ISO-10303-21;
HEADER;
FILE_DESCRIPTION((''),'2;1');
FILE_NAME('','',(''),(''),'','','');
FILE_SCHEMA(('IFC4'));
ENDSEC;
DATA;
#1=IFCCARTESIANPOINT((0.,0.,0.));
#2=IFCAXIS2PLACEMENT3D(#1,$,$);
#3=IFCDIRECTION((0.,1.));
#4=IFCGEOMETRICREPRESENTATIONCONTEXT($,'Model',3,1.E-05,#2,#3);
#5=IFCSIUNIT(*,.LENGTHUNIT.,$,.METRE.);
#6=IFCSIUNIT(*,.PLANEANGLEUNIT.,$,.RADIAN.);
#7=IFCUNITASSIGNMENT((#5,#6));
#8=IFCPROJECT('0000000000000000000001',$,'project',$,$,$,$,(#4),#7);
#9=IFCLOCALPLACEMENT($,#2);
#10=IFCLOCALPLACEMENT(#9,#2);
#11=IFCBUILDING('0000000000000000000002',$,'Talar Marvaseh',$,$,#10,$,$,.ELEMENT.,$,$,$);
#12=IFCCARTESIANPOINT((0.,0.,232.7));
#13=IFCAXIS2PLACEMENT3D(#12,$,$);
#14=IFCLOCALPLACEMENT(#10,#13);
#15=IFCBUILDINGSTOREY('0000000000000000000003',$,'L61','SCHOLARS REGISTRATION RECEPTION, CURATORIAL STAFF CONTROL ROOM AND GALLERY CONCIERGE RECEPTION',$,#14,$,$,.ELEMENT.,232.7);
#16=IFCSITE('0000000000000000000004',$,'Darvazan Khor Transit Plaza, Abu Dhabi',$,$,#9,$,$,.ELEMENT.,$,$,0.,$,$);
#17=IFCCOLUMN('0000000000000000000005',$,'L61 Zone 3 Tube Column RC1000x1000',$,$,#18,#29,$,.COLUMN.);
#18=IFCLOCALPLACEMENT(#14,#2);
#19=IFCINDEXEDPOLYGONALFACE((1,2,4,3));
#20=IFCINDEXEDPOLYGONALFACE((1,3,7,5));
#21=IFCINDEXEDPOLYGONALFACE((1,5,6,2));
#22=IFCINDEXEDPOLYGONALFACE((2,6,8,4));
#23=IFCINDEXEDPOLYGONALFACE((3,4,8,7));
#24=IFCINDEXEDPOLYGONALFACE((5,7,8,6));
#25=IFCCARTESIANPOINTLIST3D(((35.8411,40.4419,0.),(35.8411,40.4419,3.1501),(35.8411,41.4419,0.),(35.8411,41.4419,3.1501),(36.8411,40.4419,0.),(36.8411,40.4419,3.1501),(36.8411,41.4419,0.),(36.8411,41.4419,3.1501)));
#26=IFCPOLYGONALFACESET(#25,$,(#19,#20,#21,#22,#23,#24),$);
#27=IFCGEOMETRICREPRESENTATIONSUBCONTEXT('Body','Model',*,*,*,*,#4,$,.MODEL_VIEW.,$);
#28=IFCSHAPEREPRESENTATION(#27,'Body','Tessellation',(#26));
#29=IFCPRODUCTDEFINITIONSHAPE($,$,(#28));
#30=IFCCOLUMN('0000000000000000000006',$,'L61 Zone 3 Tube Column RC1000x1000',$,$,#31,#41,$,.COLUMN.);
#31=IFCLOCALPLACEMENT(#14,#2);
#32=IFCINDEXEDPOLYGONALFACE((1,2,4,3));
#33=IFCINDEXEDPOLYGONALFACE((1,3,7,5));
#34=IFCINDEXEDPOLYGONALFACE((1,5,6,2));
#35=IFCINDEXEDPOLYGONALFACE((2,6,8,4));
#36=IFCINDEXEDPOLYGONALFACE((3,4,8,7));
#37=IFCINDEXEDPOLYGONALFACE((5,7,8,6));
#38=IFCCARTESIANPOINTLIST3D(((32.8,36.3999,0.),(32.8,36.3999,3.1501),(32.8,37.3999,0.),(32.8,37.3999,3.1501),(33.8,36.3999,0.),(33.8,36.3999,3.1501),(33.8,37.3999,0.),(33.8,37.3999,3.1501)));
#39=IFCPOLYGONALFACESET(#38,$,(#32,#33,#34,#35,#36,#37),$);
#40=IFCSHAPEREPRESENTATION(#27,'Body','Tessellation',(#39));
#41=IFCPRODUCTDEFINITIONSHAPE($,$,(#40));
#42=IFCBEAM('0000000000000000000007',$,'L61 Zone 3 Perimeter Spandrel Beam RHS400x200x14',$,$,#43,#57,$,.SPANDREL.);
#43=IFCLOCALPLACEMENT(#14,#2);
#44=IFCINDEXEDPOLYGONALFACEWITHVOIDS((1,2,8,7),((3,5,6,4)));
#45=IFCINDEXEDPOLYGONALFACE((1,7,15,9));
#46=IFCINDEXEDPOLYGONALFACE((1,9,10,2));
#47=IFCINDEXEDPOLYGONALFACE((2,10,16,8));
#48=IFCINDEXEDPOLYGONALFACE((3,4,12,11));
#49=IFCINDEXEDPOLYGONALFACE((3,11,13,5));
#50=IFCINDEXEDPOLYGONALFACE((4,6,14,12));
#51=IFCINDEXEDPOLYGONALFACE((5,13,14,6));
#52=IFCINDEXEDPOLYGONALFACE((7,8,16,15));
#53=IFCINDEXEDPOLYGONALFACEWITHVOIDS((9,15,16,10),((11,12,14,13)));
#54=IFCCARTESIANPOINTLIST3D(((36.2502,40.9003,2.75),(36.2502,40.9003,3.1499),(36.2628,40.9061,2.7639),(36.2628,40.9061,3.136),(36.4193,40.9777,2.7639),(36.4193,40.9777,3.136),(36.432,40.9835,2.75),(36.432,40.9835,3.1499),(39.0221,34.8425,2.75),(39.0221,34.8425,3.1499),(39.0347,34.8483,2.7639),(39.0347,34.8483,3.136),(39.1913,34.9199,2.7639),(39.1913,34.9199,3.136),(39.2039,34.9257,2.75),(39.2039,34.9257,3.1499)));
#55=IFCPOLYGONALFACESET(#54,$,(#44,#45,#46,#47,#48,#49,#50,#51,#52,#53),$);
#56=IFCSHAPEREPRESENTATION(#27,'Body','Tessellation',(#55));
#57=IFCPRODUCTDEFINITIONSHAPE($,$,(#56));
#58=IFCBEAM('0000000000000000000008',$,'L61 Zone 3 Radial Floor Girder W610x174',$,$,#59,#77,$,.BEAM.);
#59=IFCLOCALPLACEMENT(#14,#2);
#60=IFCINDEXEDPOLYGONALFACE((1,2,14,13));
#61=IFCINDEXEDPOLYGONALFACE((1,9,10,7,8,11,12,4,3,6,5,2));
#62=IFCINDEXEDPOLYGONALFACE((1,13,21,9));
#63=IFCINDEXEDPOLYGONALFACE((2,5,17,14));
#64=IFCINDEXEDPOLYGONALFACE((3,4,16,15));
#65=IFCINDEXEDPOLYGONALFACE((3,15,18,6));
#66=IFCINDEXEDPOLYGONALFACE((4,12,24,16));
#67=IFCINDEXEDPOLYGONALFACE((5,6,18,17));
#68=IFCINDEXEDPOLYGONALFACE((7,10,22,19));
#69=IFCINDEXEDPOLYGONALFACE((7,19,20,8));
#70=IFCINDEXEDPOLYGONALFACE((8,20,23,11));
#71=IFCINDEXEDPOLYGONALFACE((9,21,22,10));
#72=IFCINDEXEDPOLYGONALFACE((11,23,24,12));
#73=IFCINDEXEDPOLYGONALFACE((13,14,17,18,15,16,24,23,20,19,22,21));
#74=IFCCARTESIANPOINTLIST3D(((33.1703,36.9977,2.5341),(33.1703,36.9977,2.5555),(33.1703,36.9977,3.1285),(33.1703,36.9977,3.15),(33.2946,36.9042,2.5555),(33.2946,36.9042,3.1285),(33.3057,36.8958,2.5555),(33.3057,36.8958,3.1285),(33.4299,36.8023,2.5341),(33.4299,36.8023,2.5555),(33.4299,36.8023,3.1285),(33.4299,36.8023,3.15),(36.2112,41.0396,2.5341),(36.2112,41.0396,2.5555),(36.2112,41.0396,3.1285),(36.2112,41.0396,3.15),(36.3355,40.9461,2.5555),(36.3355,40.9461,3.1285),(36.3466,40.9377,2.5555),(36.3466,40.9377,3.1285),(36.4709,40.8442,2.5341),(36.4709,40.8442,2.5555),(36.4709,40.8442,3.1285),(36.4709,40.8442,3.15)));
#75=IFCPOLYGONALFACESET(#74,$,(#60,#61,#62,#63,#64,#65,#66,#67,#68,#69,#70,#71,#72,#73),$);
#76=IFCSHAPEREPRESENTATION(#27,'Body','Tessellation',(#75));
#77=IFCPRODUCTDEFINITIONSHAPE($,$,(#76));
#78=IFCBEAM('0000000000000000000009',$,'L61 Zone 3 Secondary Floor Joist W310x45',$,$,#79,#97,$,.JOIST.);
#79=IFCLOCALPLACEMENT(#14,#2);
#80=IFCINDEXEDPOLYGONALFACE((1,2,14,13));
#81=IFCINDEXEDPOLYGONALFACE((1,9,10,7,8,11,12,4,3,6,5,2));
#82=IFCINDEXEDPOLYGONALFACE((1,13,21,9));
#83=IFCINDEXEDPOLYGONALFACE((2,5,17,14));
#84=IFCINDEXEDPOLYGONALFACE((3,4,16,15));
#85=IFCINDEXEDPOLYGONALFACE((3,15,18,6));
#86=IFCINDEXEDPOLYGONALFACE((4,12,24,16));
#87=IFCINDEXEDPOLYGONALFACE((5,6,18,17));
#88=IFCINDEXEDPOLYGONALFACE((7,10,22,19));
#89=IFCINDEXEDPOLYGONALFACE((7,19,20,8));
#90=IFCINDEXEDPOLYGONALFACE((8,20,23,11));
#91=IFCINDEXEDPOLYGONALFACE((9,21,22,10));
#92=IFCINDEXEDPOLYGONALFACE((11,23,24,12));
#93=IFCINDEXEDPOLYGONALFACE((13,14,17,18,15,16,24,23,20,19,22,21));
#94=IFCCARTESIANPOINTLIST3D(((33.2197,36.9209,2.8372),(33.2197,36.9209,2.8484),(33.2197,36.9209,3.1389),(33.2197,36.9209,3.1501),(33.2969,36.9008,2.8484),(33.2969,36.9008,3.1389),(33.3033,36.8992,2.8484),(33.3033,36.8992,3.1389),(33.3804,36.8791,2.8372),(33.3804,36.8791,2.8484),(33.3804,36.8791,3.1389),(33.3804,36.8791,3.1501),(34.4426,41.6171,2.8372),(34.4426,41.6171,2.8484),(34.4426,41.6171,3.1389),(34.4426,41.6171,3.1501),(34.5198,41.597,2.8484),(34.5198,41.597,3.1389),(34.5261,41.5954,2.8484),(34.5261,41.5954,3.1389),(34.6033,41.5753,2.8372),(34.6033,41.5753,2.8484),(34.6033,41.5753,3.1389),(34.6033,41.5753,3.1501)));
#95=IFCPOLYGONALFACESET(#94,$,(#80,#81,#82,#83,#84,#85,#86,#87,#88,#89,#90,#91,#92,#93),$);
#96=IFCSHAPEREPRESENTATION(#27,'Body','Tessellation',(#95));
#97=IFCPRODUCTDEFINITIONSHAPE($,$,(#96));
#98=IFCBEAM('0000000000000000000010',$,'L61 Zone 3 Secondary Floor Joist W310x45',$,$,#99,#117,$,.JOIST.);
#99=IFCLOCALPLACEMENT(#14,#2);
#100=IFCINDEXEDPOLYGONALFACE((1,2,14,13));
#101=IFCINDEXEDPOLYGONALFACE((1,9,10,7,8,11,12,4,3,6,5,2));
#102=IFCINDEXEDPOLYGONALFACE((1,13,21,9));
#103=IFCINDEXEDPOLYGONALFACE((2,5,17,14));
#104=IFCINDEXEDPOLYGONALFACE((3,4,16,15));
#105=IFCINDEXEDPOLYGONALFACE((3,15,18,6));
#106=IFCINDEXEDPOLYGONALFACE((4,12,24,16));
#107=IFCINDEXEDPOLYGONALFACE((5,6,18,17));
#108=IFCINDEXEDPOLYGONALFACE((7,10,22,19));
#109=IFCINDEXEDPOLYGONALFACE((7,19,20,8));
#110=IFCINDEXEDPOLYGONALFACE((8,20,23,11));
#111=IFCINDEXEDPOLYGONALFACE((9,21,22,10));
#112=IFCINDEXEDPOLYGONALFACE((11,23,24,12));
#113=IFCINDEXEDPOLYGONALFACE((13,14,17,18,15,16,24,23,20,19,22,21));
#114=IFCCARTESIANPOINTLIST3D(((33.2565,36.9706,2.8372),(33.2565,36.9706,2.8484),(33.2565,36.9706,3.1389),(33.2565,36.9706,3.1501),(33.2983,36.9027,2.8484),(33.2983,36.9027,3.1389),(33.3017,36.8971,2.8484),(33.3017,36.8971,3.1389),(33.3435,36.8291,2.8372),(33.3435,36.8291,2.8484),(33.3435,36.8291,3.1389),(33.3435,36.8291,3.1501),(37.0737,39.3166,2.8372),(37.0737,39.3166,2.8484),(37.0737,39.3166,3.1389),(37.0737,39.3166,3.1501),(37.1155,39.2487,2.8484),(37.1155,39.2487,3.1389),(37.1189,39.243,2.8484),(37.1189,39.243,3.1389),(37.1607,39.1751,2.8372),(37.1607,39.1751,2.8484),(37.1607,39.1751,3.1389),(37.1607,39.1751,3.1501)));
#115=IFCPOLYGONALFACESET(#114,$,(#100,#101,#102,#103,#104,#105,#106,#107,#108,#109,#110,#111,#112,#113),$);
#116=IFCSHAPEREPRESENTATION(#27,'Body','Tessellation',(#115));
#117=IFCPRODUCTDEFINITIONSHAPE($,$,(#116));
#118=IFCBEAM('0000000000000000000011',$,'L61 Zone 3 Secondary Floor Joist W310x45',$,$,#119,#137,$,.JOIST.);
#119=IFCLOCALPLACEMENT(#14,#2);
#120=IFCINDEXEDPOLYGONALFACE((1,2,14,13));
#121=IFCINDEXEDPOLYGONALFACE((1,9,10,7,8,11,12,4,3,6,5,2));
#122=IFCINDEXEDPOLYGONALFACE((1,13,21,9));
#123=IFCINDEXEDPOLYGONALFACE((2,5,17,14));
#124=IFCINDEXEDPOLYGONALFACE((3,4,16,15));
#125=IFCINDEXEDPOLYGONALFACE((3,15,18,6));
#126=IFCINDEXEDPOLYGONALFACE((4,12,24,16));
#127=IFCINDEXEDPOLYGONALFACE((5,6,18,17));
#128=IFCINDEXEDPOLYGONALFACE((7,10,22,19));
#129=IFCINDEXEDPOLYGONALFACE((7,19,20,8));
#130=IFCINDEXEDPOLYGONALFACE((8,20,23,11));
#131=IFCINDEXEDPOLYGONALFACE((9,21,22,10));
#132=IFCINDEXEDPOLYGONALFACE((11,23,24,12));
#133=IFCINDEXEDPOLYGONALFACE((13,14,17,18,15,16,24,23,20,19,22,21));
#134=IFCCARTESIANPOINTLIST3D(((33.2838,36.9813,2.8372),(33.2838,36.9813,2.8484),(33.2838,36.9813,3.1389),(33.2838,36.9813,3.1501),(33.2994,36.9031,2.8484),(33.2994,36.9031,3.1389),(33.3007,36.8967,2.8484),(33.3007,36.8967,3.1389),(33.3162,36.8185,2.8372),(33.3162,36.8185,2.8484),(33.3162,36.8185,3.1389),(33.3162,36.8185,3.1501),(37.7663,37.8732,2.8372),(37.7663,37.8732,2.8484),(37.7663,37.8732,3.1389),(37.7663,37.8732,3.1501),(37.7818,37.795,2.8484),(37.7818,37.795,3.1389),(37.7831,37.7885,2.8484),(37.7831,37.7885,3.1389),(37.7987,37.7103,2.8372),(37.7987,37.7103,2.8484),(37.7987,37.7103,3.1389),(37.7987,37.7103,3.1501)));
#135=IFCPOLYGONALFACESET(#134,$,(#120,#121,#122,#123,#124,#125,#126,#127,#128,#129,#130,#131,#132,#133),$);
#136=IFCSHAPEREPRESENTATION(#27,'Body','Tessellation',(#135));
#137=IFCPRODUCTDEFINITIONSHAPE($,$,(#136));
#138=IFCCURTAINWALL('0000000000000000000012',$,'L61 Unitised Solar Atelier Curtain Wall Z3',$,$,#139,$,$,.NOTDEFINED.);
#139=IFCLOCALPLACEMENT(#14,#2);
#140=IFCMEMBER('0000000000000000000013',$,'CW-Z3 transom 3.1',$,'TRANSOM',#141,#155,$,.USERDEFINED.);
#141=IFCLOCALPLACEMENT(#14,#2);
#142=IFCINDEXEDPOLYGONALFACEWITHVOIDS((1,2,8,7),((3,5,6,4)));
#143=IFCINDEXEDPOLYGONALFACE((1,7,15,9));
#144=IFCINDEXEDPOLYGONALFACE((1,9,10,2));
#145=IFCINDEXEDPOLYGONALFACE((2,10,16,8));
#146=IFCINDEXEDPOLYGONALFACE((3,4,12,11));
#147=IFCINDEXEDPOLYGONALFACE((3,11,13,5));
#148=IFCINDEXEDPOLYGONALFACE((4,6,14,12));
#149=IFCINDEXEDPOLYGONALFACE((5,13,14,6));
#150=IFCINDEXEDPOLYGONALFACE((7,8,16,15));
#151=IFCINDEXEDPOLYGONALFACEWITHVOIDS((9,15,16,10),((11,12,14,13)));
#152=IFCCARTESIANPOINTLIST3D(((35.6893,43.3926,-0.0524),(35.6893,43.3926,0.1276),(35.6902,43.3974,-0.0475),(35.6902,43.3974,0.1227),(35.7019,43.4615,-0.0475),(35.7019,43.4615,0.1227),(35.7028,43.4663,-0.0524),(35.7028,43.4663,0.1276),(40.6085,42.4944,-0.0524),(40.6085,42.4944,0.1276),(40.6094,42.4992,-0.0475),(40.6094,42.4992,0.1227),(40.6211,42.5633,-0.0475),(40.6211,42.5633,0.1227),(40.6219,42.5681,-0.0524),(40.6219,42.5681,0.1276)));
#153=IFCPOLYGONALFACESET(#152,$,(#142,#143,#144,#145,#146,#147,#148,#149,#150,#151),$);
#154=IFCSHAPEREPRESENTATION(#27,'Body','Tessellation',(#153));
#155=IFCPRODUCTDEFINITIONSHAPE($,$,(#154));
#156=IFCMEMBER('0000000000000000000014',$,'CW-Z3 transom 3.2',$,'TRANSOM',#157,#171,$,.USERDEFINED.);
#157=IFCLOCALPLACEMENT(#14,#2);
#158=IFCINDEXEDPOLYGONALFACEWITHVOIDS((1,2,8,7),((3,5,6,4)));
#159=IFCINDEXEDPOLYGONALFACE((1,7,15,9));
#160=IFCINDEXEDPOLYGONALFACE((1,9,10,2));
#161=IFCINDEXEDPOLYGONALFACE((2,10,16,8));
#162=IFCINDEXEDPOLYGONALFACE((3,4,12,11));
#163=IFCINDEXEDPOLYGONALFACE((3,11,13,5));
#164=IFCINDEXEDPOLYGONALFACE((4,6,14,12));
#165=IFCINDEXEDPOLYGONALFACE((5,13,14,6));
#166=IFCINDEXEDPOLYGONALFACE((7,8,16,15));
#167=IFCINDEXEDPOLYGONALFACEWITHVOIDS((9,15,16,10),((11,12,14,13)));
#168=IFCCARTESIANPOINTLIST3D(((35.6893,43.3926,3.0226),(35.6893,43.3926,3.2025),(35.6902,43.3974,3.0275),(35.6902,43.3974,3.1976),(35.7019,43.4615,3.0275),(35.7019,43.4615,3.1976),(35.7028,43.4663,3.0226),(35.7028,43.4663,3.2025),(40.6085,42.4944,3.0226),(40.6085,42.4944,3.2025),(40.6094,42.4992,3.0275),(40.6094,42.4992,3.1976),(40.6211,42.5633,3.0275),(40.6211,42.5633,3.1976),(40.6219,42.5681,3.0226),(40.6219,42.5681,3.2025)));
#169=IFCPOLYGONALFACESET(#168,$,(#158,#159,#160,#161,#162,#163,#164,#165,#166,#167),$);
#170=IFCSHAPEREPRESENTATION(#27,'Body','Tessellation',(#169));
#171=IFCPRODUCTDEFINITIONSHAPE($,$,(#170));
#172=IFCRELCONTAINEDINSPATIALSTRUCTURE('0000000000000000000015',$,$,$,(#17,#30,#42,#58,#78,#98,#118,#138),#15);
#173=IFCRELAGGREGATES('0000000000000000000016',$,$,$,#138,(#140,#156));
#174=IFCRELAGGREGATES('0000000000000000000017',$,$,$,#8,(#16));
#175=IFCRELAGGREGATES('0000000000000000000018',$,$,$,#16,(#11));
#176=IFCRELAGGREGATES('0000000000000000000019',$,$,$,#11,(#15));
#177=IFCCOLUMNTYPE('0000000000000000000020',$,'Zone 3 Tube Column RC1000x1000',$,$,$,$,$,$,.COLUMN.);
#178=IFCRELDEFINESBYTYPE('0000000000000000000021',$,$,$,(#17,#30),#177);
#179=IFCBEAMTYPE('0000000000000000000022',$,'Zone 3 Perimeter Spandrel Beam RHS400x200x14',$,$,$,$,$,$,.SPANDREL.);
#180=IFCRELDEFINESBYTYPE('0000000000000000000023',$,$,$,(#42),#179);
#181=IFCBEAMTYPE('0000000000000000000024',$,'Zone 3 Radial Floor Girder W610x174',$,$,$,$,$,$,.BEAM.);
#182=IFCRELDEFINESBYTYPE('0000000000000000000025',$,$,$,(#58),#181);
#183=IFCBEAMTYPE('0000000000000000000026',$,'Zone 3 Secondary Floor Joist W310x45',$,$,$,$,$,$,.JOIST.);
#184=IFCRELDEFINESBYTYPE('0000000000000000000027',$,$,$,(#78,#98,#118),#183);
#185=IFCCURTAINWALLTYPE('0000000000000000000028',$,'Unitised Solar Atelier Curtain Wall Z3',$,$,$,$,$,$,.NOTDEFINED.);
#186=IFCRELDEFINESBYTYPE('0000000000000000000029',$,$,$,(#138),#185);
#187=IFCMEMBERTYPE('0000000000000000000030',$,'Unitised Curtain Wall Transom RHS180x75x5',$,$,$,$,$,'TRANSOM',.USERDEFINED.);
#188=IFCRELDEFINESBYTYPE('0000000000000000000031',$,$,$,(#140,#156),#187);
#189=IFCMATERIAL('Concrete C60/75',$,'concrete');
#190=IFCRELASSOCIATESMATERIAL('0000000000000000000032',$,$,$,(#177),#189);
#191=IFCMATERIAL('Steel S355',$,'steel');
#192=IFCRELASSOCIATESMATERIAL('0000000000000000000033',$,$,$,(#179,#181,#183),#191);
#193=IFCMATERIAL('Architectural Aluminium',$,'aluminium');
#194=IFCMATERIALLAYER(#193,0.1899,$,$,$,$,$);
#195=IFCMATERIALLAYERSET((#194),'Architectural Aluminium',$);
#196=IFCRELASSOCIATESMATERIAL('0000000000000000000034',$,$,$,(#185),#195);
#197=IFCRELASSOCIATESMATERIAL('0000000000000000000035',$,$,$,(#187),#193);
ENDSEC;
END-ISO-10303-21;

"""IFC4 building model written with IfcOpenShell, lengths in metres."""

from ifc_helpers import new_model, si_unit, direction, frame, origin, origin_2d, place, context, subcontext, project, spatial, rectangle, hollow_rectangle, i_section, extrude, source, transform, mapped, material, layer, layer_set, material_profile, profile_set, type_object, element, aggregate, save


model = new_model("IFC4")

# Units and contexts
model_context = context("Model", 3, precision=1e-05, world=origin(), true_north=direction((0.0, 1.0)))
body_context = subcontext(model_context, "Body", "Model", "MODEL_VIEW")
ifc_project = project(units=[si_unit("LENGTHUNIT", "METRE"), si_unit("PLANEANGLEUNIT", "RADIAN")], contexts=[model_context])

# Site, building, storey
site_placement = place(None, origin())
site = spatial("IfcSite", under=ifc_project, at=site_placement, Name="Darvazan Khor Transit Plaza, Abu Dhabi", CompositionType="ELEMENT", RefElevation=0.0)
building_placement = place(site_placement, origin())
building = spatial("IfcBuilding", under=site, at=building_placement, Name="Talar Marvaseh", CompositionType="ELEMENT")
storey_placement = place(building_placement, frame((0.0, 0.0, 232.7)))
storey = spatial("IfcBuildingStorey", under=building, at=storey_placement, Name="L61", Description="SCHOLARS REGISTRATION RECEPTION, CURATORIAL STAFF CONTROL ROOM AND GALLERY CONCIERGE RECEPTION", CompositionType="ELEMENT", Elevation=232.7)

# Columns
ifc_material_1 = material(Name="Concrete C60/75", Category="concrete")
ifc_material_profile_1 = material_profile(ifc_material_1, rectangle(XDim=1.0, YDim=1.0, at=origin_2d()), Name="RC1000x1000")
ifc_profile_set_1 = profile_set([ifc_material_profile_1], Name="Concrete C60/75")
column_type = type_object("IfcColumnType", Name="Zone 3 Tube Column RC1000x1000", PredefinedType="COLUMN", material=ifc_profile_set_1)
for number, where, z_axis, x_axis, name in (
    (1, (36.3411, 40.9419, 0.0), (0.0, 0.0, 1.0), (1.0, 0.0, 0.0), "L61 Zone 3 Tube Column RC1000x1000"),
    (2, (33.3, 36.8999, 0.0), (0.0, 0.0, 1.0), (1.0, 0.0, 0.0), "L61 Zone 3 Tube Column RC1000x1000"),
):
    element("IfcColumn", number, at=place(storey_placement, frame(where, z_axis=z_axis, x_axis=x_axis)), inside=storey, type_object=column_type, Name=name, PredefinedType="COLUMN", context=body_context, shape_type="SweptSolid", body=[
        extrude(rectangle(XDim=1.0, YDim=1.0, at=origin_2d()), origin(), (0.0, 0.0, 1.0), 3.1501),
    ])

# Beams
ifc_material_2 = material(Name="Steel S355", Category="steel")
ifc_material_profile_2 = material_profile(ifc_material_2, hollow_rectangle(XDim=0.2, YDim=0.3999, WallThickness=0.0139, at=origin_2d()), Name="RHS400x200x14")
ifc_profile_set_2 = profile_set([ifc_material_profile_2], Name="Steel S355")
beam_type_1 = type_object("IfcBeamType", Name="Zone 3 Perimeter Spandrel Beam RHS400x200x14", PredefinedType="SPANDREL", material=ifc_profile_set_2)
beam_1_placement = place(storey_placement, frame((36.3411, 40.9419, 2.95), z_axis=(0.416091, -0.909323, 0.0), x_axis=(0.909323, 0.416091, 0.0)))
element("IfcBeam", 3, at=beam_1_placement, inside=storey, type_object=beam_type_1, Name="L61 Zone 3 Perimeter Spandrel Beam RHS400x200x14", PredefinedType="SPANDREL", context=body_context, shape_type="SweptSolid", body=[
    extrude(hollow_rectangle(XDim=0.2, YDim=0.3999, WallThickness=0.0139, at=origin_2d()), origin(), (0.0, 0.0, 1.0), 6.6619),
])
ifc_material_profile_3 = material_profile(ifc_material_2, i_section(OverallWidth=0.325, OverallDepth=0.616, WebThickness=0.0139, FlangeThickness=0.0215, at=origin_2d()), Name="W610x174")
ifc_profile_set_3 = profile_set([ifc_material_profile_3], Name="Steel S355")
beam_type_2 = type_object("IfcBeamType", Name="Zone 3 Radial Floor Girder W610x174", PredefinedType="BEAM", material=ifc_profile_set_3)
beam_2_placement = place(storey_placement, frame((36.3411, 40.9419, 2.842), z_axis=(-0.601204, -0.799096, 0.0), x_axis=(0.799096, -0.601204, 0.0)))
element("IfcBeam", 4, at=beam_2_placement, inside=storey, type_object=beam_type_2, Name="L61 Zone 3 Radial Floor Girder W610x174", PredefinedType="BEAM", context=body_context, shape_type="SweptSolid", body=[
    extrude(i_section(OverallWidth=0.325, OverallDepth=0.616, WebThickness=0.0139, FlangeThickness=0.0215, at=origin_2d()), origin(), (0.0, 0.0, 1.0), 5.0581),
])
ifc_material_profile_4 = material_profile(ifc_material_2, i_section(OverallWidth=0.166, OverallDepth=0.313, WebThickness=0.0066, FlangeThickness=0.0112, at=origin_2d()), Name="W310x45")
ifc_profile_set_4 = profile_set([ifc_material_profile_4], Name="Steel S355")
beam_type_3 = type_object("IfcBeamType", Name="Zone 3 Secondary Floor Joist W310x45", PredefinedType="JOIST", material=ifc_profile_set_4)
beam_3_placement = place(storey_placement, frame((34.5229, 41.5962, 2.9937), z_axis=(-0.251994, -0.967729, 0.0), x_axis=(0.967729, -0.251994, 0.0)))
element("IfcBeam", 5, at=beam_3_placement, inside=storey, type_object=beam_type_3, Name="L61 Zone 3 Secondary Floor Joist W310x45", PredefinedType="JOIST", context=body_context, shape_type="SweptSolid", body=[
    extrude(i_section(OverallWidth=0.166, OverallDepth=0.313, WebThickness=0.0066, FlangeThickness=0.0112, at=origin_2d()), origin(), (0.0, 0.0, 1.0), 4.8528),
])
beam_4_placement = place(storey_placement, frame((37.1172, 39.2458, 2.9937), z_axis=(-0.851963, -0.523602, 0.0), x_axis=(0.523602, -0.851963, 0.0)))
element("IfcBeam", 6, at=beam_4_placement, inside=storey, type_object=beam_type_3, Name="L61 Zone 3 Secondary Floor Joist W310x45", PredefinedType="JOIST", context=body_context, shape_type="SweptSolid", body=[
    extrude(i_section(OverallWidth=0.166, OverallDepth=0.313, WebThickness=0.0066, FlangeThickness=0.0112, at=origin_2d()), origin(), (0.0, 0.0, 1.0), 4.4805),
])
beam_5_placement = place(storey_placement, frame((37.7825, 37.7917, 2.9937), z_axis=(-0.980775, -0.19514, 0.0), x_axis=(0.19514, -0.980775, 0.0)))
element("IfcBeam", 7, at=beam_5_placement, inside=storey, type_object=beam_type_3, Name="L61 Zone 3 Secondary Floor Joist W310x45", PredefinedType="JOIST", context=body_context, shape_type="SweptSolid", body=[
    extrude(i_section(OverallWidth=0.166, OverallDepth=0.313, WebThickness=0.0066, FlangeThickness=0.0112, at=origin_2d()), origin(), (0.0, 0.0, 1.0), 4.5703),
])

# Curtain wall, members
ifc_material_3 = material(Name="Architectural Aluminium", Category="aluminium")
ifc_layer_1 = layer(ifc_material_3, 0.1899)
ifc_layer_set_1 = layer_set([ifc_layer_1], Name="Architectural Aluminium")
curtain_wall_type = type_object("IfcCurtainWallType", Name="Unitised Solar Atelier Curtain Wall Z3", PredefinedType="NOTDEFINED", material=ifc_layer_set_1)
curtain_wall_1_placement = place(storey_placement, origin())
curtain_wall_1 = element("IfcCurtainWall", 8, at=curtain_wall_1_placement, inside=storey, type_object=curtain_wall_type, Name="L61 Unitised Solar Atelier Curtain Wall Z3", PredefinedType="NOTDEFINED")
ifc_material_profile_5 = material_profile(ifc_material_3, hollow_rectangle(XDim=0.075, YDim=0.1799, WallThickness=0.0049, at=origin_2d()), Name="RHS180x75x5")
ifc_profile_set_5 = profile_set([ifc_material_profile_5], Name="Architectural Aluminium")
member_type_1 = type_object("IfcMemberType", Name="Unitised Curtain Wall Transom RHS180x75x5", ElementType="TRANSOM", PredefinedType="USERDEFINED", material=ifc_profile_set_5)
shared_shape_1 = source(origin(), body_context, "Body", "SweptSolid", [
    extrude(hollow_rectangle(XDim=0.075, YDim=0.1799, WallThickness=0.0049, at=origin_2d()), origin(), (0.0, 0.0, 1.0), 5.0005),
])
member_1_placement = place(storey_placement, frame((35.696, 43.4294, 0.0376), z_axis=(0.983736, -0.17962, 0.0), x_axis=(0.17962, 0.983736, 0.0)))
member_1 = element("IfcMember", 9, at=member_1_placement, type_object=member_type_1, Name="CW-Z3 transom 3.1", ObjectType="TRANSOM", PredefinedType="USERDEFINED", context=body_context, shape_type="MappedRepresentation", body=[
    mapped(shared_shape_1, transform((0.0, 0.0, 0.0), x_axis=(1.0, 0.0, 0.0), y_axis=(0.0, 1.0, 0.0), z_axis=(0.0, 0.0, 1.0), scale=1.0)),
])
member_2_placement = place(storey_placement, frame((35.696, 43.4294, 3.1125), z_axis=(0.983736, -0.17962, 0.0), x_axis=(0.17962, 0.983736, 0.0)))
member_2 = element("IfcMember", 10, at=member_2_placement, type_object=member_type_1, Name="CW-Z3 transom 3.2", ObjectType="TRANSOM", PredefinedType="USERDEFINED", context=body_context, shape_type="MappedRepresentation", body=[
    mapped(shared_shape_1, transform((0.0, 0.0, 0.0), x_axis=(1.0, 0.0, 0.0), y_axis=(0.0, 1.0, 0.0), z_axis=(0.0, 0.0, 1.0), scale=1.0)),
])

aggregate(curtain_wall_1, [member_1, member_2])

save(model, "model.ifc")
